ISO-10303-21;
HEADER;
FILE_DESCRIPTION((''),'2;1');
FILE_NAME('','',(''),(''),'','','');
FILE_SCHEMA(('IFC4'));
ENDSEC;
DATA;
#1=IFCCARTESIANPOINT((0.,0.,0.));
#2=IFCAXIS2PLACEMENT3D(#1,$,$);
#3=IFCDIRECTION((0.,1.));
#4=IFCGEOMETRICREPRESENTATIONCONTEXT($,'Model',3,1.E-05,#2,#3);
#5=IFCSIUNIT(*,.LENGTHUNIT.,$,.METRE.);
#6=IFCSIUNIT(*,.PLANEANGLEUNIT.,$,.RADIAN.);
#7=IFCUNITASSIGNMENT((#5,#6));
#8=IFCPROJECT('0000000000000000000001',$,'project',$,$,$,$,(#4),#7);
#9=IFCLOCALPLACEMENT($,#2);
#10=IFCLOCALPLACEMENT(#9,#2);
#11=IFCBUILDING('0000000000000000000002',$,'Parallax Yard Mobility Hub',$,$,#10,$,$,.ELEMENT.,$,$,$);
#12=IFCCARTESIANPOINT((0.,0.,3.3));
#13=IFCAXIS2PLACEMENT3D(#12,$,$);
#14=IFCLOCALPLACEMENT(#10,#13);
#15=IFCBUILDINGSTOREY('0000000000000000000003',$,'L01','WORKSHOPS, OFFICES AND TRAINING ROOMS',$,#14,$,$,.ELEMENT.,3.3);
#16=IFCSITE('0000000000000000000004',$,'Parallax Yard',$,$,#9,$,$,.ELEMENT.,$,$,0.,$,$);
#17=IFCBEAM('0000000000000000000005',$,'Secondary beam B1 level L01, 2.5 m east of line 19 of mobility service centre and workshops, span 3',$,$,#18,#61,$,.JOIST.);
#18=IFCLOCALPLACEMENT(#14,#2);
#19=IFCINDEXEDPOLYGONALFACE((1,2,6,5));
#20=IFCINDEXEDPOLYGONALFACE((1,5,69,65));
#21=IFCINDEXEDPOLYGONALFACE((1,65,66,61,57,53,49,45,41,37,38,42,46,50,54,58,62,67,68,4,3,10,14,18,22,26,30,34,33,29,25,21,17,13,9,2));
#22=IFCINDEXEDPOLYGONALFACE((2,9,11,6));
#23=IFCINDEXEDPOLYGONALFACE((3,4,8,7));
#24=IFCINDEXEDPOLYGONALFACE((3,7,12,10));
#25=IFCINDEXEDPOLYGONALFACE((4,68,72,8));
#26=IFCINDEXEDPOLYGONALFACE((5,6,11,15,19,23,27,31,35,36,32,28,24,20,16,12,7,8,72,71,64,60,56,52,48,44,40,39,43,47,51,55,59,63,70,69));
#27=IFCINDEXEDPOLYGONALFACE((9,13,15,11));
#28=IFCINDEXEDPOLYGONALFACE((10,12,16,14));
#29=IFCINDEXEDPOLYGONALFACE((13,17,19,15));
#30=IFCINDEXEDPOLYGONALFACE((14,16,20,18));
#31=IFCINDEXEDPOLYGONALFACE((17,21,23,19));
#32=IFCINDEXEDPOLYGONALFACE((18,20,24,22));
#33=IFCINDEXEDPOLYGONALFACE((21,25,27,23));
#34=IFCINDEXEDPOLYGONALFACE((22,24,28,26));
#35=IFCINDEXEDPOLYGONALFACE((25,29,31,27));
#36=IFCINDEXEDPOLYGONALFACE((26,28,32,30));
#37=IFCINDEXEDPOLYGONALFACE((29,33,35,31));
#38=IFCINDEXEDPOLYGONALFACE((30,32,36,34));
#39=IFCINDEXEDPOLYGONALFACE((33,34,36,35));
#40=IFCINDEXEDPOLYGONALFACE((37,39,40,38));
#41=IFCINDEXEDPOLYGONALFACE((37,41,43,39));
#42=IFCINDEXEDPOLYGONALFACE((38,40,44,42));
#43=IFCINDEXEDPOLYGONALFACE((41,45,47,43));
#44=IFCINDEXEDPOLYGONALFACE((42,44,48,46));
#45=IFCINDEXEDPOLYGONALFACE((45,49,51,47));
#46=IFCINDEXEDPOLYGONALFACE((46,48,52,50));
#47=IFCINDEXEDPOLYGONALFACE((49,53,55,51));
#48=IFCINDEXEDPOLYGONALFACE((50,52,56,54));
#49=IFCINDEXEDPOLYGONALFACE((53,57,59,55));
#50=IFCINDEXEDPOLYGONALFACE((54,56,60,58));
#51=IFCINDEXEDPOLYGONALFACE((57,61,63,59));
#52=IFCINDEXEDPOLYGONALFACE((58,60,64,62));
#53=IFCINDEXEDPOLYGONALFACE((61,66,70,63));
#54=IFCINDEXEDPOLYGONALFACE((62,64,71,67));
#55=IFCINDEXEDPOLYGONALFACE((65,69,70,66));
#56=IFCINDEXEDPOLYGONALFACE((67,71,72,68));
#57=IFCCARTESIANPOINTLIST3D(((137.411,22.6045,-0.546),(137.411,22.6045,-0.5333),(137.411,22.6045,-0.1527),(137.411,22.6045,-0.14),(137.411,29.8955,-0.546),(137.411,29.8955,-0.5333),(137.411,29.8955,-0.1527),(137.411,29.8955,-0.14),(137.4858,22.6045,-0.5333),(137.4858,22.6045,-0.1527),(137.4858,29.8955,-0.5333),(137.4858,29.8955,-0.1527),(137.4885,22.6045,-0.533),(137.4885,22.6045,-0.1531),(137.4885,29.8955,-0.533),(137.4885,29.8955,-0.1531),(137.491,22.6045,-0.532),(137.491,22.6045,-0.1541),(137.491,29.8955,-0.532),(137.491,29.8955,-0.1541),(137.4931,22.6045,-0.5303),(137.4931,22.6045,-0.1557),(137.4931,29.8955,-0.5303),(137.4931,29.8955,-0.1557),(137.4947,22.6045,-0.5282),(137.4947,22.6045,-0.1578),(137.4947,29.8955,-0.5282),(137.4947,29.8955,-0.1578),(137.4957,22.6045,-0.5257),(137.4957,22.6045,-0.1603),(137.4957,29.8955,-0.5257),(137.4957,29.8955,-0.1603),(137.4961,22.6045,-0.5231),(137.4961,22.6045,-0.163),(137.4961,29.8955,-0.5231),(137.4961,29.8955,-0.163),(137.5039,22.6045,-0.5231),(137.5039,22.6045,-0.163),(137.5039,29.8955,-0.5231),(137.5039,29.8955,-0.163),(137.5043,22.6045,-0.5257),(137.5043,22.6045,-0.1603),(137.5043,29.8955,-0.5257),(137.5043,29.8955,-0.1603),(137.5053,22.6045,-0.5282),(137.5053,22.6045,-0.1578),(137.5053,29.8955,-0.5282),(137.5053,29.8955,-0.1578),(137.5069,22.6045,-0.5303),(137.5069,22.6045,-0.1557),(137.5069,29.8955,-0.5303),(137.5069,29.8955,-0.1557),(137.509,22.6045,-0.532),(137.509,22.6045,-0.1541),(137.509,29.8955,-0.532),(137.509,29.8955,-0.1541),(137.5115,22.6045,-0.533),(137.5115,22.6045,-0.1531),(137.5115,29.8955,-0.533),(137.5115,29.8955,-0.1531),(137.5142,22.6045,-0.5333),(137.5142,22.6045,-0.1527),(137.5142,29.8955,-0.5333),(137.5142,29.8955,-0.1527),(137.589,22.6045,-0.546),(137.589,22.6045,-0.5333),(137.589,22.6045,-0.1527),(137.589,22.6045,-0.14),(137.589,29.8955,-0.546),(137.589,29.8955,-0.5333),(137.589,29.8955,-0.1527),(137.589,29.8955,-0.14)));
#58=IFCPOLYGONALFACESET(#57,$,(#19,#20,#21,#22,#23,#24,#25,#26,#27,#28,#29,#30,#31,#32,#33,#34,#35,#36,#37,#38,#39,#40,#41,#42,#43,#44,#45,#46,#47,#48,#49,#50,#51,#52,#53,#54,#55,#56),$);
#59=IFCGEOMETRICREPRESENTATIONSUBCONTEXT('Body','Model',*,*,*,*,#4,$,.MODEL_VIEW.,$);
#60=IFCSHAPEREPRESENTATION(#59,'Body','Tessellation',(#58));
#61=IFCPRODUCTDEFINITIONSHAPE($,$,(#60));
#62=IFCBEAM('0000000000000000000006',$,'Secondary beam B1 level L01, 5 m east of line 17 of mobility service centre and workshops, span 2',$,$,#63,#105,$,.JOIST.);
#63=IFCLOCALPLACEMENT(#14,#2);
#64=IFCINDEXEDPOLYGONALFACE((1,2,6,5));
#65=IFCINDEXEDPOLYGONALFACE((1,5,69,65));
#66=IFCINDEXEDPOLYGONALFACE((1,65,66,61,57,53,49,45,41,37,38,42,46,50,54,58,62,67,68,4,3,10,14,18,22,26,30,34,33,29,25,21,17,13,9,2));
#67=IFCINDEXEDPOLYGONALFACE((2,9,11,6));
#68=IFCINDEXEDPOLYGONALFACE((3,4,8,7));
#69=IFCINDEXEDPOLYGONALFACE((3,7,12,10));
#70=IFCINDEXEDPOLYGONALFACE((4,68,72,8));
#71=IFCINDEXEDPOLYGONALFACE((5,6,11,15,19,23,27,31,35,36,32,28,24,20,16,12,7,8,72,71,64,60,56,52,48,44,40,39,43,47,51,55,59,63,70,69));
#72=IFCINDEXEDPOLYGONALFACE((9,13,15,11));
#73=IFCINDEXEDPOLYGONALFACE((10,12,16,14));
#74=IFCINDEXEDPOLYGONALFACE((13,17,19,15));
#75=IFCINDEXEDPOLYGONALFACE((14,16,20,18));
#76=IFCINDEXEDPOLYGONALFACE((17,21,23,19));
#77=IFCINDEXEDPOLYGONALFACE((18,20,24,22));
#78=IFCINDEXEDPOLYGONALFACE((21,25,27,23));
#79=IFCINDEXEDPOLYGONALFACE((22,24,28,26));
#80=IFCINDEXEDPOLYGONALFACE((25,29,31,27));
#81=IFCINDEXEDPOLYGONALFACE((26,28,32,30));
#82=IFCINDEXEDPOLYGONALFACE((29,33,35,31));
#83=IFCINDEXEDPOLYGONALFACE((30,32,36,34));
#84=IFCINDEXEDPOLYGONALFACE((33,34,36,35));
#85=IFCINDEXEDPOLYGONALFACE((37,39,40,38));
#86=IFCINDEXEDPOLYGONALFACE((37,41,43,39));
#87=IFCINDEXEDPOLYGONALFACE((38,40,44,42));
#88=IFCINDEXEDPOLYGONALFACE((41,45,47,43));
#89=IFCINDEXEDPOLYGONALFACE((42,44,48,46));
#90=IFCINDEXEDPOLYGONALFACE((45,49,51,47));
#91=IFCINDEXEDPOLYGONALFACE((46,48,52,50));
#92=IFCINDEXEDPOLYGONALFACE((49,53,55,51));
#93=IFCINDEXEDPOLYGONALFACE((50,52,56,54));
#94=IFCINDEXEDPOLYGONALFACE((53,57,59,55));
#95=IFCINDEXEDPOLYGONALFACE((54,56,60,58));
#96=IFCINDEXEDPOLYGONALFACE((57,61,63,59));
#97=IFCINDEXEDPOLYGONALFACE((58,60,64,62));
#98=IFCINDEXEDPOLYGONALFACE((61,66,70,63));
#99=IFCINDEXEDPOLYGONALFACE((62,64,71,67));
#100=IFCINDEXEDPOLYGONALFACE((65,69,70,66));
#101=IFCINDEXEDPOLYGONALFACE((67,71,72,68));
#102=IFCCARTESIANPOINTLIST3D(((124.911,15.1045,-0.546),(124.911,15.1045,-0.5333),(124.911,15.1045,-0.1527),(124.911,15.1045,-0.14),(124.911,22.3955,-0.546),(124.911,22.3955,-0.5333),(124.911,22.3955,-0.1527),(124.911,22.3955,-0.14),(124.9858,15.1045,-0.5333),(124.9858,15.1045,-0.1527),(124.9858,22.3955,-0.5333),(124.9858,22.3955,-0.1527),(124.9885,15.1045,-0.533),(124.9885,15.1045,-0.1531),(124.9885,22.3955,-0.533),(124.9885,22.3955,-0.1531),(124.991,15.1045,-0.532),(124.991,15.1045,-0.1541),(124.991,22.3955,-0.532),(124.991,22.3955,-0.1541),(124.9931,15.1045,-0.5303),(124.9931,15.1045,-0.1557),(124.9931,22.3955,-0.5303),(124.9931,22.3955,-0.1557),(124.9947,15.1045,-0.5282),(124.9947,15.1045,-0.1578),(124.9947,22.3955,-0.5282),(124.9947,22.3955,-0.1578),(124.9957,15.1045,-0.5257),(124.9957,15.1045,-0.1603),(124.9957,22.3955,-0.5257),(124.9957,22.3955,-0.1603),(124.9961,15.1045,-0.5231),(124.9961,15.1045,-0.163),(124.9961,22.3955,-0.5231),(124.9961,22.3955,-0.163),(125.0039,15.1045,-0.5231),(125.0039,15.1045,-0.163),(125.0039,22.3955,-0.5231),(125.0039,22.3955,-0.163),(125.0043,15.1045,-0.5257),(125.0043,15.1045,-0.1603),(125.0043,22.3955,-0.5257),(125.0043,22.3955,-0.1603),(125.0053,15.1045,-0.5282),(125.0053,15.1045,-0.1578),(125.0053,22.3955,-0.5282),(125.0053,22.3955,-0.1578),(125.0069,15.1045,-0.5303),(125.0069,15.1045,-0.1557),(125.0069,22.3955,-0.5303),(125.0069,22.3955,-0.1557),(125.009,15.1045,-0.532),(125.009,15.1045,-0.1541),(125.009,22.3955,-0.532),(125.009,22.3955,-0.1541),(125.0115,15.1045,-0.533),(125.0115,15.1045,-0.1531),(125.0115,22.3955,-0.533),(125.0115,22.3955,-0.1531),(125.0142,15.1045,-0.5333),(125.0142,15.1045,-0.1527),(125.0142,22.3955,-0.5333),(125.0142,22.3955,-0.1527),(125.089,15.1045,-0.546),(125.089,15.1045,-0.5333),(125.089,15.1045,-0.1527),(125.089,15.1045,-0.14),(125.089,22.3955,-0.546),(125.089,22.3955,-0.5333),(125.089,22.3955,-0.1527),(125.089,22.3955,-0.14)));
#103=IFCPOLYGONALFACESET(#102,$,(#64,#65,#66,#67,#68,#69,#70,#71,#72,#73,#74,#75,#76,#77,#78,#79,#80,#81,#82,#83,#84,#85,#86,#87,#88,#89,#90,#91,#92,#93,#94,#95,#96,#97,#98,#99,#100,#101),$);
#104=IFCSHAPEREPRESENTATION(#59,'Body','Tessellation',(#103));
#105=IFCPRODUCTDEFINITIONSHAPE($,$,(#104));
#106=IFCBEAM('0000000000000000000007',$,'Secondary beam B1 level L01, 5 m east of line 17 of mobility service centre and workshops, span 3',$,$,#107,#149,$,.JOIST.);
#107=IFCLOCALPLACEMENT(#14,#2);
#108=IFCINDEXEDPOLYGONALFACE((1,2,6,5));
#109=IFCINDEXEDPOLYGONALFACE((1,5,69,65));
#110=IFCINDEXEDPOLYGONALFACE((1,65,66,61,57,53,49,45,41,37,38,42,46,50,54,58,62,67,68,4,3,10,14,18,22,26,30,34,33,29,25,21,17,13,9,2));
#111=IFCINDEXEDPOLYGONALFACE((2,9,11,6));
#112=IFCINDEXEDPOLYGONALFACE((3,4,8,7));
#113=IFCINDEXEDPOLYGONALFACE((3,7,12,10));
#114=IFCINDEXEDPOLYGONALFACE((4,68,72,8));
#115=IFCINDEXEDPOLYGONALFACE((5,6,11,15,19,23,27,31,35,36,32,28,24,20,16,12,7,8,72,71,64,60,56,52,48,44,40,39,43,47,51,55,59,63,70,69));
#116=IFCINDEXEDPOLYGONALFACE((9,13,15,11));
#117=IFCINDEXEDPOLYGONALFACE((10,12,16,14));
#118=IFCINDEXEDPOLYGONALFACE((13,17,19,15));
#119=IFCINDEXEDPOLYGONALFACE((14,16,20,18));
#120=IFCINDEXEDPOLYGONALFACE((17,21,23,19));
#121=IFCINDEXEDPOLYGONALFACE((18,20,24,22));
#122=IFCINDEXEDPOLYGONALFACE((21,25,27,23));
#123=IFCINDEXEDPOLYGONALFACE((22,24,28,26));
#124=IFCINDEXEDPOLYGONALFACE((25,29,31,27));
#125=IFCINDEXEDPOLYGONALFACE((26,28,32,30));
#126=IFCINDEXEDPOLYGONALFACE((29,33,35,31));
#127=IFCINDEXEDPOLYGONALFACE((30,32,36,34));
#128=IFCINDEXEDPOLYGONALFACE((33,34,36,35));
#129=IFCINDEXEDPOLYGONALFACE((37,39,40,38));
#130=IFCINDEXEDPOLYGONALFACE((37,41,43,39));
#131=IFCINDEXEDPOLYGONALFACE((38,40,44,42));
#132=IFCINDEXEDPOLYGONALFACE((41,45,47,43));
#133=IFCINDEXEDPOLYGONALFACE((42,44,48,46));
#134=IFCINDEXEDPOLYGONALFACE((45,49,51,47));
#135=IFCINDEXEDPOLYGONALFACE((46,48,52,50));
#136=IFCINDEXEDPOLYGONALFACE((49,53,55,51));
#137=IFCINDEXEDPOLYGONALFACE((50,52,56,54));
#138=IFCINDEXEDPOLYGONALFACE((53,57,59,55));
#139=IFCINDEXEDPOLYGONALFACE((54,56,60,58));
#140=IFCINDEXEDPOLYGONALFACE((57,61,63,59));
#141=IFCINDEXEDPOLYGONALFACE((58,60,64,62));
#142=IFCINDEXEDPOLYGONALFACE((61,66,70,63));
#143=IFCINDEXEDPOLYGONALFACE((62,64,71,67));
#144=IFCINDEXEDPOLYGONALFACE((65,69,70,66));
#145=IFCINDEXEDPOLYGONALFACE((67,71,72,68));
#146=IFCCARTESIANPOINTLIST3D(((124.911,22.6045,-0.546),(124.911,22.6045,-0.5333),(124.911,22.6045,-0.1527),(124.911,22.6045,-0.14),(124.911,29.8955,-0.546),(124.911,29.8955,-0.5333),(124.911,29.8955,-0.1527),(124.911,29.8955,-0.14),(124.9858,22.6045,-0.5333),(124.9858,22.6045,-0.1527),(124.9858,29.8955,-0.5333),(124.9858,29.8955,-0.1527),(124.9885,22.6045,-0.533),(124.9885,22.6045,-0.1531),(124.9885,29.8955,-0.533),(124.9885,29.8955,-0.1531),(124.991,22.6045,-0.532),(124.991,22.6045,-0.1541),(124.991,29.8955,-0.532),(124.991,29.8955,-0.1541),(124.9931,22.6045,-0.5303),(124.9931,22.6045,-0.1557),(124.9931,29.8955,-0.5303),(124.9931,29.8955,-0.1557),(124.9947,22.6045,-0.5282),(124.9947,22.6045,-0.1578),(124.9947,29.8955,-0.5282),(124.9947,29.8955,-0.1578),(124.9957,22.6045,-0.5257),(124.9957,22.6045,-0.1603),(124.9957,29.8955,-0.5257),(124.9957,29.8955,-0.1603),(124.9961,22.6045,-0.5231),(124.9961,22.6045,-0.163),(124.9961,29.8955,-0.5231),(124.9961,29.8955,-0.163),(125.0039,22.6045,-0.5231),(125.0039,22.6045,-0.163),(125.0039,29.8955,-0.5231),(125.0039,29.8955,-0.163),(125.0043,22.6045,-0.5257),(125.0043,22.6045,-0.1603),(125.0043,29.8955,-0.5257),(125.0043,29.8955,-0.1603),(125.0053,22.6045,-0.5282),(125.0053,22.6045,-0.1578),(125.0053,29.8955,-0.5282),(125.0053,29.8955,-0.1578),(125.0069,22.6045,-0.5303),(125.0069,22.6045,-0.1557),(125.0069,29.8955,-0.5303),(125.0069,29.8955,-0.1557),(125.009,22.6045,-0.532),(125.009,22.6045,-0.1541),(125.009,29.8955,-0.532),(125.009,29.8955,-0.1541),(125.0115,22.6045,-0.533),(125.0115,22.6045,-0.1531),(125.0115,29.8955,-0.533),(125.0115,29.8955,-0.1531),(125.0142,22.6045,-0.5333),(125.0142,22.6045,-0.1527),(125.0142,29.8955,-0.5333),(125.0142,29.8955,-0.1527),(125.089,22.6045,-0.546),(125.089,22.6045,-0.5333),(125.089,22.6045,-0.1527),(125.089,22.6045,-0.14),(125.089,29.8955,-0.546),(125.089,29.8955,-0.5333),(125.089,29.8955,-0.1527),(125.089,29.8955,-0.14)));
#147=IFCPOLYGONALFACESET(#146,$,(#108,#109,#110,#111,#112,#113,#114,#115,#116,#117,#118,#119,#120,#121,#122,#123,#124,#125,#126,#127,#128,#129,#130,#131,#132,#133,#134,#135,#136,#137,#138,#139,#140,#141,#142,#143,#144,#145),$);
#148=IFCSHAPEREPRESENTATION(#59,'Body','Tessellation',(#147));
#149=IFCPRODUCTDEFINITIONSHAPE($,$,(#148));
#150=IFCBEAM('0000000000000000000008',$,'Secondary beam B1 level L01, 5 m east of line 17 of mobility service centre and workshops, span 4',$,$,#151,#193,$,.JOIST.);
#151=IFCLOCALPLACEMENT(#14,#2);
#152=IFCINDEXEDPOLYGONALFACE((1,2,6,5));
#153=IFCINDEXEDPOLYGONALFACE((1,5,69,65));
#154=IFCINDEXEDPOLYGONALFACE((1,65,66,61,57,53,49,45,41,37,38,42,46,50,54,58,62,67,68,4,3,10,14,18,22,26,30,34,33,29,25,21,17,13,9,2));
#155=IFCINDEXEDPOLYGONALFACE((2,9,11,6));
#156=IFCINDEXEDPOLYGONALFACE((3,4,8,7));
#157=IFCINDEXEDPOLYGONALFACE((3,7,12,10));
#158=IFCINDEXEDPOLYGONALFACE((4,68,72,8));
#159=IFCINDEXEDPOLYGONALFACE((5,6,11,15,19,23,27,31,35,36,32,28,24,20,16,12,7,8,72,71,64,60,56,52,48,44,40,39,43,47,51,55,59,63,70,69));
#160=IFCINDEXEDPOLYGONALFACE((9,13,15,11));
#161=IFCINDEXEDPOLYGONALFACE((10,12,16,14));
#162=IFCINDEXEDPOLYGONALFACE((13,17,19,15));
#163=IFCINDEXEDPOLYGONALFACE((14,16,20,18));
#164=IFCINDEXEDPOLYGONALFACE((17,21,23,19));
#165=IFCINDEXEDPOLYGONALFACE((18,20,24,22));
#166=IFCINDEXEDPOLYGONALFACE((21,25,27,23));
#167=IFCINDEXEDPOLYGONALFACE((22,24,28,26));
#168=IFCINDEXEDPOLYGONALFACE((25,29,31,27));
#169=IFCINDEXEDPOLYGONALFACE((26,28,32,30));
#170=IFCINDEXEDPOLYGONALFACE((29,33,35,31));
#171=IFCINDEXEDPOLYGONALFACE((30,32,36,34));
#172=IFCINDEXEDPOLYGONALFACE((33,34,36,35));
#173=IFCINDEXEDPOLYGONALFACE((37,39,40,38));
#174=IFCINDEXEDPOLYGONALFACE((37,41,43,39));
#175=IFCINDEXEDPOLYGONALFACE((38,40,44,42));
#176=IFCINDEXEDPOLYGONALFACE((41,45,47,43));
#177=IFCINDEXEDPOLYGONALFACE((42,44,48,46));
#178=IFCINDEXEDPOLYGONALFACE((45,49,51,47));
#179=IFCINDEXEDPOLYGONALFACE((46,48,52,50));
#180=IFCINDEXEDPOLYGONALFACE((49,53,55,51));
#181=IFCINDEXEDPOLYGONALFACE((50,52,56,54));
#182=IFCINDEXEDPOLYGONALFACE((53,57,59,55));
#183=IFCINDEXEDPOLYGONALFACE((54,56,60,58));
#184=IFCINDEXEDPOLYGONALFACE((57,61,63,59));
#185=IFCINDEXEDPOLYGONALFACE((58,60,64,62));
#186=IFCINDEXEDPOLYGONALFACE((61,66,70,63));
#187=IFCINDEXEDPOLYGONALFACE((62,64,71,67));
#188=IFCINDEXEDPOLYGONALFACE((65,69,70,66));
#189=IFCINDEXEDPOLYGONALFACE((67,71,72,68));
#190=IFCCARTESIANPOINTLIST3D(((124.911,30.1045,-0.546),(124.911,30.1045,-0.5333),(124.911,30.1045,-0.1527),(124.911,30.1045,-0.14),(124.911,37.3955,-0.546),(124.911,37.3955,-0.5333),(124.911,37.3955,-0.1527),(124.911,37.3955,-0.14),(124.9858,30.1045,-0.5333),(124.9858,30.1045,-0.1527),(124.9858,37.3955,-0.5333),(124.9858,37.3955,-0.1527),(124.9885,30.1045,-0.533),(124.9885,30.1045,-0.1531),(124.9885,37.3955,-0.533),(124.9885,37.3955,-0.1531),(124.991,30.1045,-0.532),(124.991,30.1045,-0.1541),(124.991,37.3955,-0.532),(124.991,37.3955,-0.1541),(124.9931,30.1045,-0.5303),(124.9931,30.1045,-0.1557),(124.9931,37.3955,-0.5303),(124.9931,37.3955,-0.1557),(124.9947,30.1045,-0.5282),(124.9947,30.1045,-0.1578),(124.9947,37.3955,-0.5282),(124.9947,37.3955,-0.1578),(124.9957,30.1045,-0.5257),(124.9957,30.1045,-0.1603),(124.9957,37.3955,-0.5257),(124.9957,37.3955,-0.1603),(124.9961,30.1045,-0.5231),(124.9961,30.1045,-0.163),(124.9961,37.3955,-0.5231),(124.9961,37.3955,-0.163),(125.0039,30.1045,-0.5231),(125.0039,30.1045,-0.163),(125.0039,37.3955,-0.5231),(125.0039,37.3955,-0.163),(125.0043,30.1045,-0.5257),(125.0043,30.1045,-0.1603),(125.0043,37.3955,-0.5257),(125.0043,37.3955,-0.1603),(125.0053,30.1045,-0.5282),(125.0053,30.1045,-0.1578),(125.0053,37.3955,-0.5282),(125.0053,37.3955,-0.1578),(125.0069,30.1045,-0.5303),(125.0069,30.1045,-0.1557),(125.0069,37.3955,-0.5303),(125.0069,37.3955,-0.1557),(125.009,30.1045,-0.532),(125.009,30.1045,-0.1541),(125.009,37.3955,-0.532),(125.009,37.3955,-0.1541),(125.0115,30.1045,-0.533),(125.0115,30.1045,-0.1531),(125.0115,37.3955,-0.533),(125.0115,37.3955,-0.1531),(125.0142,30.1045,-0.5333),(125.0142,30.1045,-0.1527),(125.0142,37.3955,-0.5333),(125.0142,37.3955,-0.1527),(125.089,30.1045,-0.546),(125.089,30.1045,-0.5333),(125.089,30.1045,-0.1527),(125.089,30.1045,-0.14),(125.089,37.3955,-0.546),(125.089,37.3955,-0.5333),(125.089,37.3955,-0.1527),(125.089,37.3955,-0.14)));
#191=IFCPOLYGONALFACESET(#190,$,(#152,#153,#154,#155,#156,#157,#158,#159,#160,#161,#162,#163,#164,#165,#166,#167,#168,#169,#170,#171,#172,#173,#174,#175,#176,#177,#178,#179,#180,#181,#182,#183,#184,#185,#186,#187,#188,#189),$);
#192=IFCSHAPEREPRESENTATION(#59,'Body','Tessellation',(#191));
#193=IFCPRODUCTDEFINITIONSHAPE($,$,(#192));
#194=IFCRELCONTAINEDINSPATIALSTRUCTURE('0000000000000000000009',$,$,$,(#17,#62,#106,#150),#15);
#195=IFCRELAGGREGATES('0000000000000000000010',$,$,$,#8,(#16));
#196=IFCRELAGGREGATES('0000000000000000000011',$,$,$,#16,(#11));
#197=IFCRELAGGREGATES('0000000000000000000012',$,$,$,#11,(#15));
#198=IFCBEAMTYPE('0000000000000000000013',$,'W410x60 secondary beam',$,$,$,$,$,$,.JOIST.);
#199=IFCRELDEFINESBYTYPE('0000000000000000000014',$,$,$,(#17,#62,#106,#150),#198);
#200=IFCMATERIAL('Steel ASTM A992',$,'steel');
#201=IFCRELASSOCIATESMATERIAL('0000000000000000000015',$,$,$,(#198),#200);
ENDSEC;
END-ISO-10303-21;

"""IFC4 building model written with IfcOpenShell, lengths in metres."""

from ifc_helpers import new_model, si_unit, direction, frame, origin, origin_2d, place, context, subcontext, project, spatial, i_section, extrude, material, material_profile, profile_set, type_object, element, save


model = new_model("IFC4")

# Units and contexts
model_context = context("Model", 3, precision=1e-05, world=origin(), true_north=direction((0.0, 1.0)))
body_context = subcontext(model_context, "Body", "Model", "MODEL_VIEW")
ifc_project = project(units=[si_unit("LENGTHUNIT", "METRE"), si_unit("PLANEANGLEUNIT", "RADIAN")], contexts=[model_context])

# Site, building, storey
site_placement = place(None, origin())
site = spatial("IfcSite", under=ifc_project, at=site_placement, Name="Parallax Yard", CompositionType="ELEMENT", RefElevation=0.0)
building_placement = place(site_placement, origin())
building = spatial("IfcBuilding", under=site, at=building_placement, Name="Parallax Yard Mobility Hub", CompositionType="ELEMENT")
storey_placement = place(building_placement, frame((0.0, 0.0, 3.3)))
storey = spatial("IfcBuildingStorey", under=building, at=storey_placement, Name="L01", Description="WORKSHOPS, OFFICES AND TRAINING ROOMS", CompositionType="ELEMENT", Elevation=3.3)

# Shared definitions
ifc_material_1 = material(Name="Steel ASTM A992", Category="steel")

# Beams
ifc_material_profile_1 = material_profile(ifc_material_1, i_section(OverallWidth=0.178, OverallDepth=0.406, WebThickness=0.0078, FlangeThickness=0.0127, FilletRadius=0.0103, at=origin_2d()), Name="W410x60")
ifc_profile_set_1 = profile_set([ifc_material_profile_1], Name="Steel ASTM A992")
beam_type_1 = type_object("IfcBeamType", Name="W410x60 secondary beam", PredefinedType="JOIST", material=ifc_profile_set_1)
for number, where, z_axis, x_axis, name in (
    (1, (137.5, 22.6045, -0.343), (0.0, 1.0, 0.0), (-1.0, 0.0, 0.0), "Secondary beam B1 level L01, 2.5 m east of line 19 of mobility service centre and workshops, span 3"),
    (2, (125.0, 15.1045, -0.343), (0.0, 1.0, 0.0), (-1.0, 0.0, 0.0), "Secondary beam B1 level L01, 5 m east of line 17 of mobility service centre and workshops, span 2"),
    (3, (125.0, 22.6045, -0.343), (0.0, 1.0, 0.0), (-1.0, 0.0, 0.0), "Secondary beam B1 level L01, 5 m east of line 17 of mobility service centre and workshops, span 3"),
    (4, (125.0, 30.1045, -0.343), (0.0, 1.0, 0.0), (-1.0, 0.0, 0.0), "Secondary beam B1 level L01, 5 m east of line 17 of mobility service centre and workshops, span 4"),
):
    element("IfcBeam", number, at=place(storey_placement, frame(where, z_axis=z_axis, x_axis=x_axis)), inside=storey, type_object=beam_type_1, Name=name, PredefinedType="JOIST", context=body_context, shape_type="SweptSolid", body=[
        extrude(i_section(OverallWidth=0.178, OverallDepth=0.406, WebThickness=0.0078, FlangeThickness=0.0127, FilletRadius=0.0103, at=origin_2d()), origin(), (0.0, 0.0, 1.0), 7.291),
    ])

save(model, "model.ifc")
